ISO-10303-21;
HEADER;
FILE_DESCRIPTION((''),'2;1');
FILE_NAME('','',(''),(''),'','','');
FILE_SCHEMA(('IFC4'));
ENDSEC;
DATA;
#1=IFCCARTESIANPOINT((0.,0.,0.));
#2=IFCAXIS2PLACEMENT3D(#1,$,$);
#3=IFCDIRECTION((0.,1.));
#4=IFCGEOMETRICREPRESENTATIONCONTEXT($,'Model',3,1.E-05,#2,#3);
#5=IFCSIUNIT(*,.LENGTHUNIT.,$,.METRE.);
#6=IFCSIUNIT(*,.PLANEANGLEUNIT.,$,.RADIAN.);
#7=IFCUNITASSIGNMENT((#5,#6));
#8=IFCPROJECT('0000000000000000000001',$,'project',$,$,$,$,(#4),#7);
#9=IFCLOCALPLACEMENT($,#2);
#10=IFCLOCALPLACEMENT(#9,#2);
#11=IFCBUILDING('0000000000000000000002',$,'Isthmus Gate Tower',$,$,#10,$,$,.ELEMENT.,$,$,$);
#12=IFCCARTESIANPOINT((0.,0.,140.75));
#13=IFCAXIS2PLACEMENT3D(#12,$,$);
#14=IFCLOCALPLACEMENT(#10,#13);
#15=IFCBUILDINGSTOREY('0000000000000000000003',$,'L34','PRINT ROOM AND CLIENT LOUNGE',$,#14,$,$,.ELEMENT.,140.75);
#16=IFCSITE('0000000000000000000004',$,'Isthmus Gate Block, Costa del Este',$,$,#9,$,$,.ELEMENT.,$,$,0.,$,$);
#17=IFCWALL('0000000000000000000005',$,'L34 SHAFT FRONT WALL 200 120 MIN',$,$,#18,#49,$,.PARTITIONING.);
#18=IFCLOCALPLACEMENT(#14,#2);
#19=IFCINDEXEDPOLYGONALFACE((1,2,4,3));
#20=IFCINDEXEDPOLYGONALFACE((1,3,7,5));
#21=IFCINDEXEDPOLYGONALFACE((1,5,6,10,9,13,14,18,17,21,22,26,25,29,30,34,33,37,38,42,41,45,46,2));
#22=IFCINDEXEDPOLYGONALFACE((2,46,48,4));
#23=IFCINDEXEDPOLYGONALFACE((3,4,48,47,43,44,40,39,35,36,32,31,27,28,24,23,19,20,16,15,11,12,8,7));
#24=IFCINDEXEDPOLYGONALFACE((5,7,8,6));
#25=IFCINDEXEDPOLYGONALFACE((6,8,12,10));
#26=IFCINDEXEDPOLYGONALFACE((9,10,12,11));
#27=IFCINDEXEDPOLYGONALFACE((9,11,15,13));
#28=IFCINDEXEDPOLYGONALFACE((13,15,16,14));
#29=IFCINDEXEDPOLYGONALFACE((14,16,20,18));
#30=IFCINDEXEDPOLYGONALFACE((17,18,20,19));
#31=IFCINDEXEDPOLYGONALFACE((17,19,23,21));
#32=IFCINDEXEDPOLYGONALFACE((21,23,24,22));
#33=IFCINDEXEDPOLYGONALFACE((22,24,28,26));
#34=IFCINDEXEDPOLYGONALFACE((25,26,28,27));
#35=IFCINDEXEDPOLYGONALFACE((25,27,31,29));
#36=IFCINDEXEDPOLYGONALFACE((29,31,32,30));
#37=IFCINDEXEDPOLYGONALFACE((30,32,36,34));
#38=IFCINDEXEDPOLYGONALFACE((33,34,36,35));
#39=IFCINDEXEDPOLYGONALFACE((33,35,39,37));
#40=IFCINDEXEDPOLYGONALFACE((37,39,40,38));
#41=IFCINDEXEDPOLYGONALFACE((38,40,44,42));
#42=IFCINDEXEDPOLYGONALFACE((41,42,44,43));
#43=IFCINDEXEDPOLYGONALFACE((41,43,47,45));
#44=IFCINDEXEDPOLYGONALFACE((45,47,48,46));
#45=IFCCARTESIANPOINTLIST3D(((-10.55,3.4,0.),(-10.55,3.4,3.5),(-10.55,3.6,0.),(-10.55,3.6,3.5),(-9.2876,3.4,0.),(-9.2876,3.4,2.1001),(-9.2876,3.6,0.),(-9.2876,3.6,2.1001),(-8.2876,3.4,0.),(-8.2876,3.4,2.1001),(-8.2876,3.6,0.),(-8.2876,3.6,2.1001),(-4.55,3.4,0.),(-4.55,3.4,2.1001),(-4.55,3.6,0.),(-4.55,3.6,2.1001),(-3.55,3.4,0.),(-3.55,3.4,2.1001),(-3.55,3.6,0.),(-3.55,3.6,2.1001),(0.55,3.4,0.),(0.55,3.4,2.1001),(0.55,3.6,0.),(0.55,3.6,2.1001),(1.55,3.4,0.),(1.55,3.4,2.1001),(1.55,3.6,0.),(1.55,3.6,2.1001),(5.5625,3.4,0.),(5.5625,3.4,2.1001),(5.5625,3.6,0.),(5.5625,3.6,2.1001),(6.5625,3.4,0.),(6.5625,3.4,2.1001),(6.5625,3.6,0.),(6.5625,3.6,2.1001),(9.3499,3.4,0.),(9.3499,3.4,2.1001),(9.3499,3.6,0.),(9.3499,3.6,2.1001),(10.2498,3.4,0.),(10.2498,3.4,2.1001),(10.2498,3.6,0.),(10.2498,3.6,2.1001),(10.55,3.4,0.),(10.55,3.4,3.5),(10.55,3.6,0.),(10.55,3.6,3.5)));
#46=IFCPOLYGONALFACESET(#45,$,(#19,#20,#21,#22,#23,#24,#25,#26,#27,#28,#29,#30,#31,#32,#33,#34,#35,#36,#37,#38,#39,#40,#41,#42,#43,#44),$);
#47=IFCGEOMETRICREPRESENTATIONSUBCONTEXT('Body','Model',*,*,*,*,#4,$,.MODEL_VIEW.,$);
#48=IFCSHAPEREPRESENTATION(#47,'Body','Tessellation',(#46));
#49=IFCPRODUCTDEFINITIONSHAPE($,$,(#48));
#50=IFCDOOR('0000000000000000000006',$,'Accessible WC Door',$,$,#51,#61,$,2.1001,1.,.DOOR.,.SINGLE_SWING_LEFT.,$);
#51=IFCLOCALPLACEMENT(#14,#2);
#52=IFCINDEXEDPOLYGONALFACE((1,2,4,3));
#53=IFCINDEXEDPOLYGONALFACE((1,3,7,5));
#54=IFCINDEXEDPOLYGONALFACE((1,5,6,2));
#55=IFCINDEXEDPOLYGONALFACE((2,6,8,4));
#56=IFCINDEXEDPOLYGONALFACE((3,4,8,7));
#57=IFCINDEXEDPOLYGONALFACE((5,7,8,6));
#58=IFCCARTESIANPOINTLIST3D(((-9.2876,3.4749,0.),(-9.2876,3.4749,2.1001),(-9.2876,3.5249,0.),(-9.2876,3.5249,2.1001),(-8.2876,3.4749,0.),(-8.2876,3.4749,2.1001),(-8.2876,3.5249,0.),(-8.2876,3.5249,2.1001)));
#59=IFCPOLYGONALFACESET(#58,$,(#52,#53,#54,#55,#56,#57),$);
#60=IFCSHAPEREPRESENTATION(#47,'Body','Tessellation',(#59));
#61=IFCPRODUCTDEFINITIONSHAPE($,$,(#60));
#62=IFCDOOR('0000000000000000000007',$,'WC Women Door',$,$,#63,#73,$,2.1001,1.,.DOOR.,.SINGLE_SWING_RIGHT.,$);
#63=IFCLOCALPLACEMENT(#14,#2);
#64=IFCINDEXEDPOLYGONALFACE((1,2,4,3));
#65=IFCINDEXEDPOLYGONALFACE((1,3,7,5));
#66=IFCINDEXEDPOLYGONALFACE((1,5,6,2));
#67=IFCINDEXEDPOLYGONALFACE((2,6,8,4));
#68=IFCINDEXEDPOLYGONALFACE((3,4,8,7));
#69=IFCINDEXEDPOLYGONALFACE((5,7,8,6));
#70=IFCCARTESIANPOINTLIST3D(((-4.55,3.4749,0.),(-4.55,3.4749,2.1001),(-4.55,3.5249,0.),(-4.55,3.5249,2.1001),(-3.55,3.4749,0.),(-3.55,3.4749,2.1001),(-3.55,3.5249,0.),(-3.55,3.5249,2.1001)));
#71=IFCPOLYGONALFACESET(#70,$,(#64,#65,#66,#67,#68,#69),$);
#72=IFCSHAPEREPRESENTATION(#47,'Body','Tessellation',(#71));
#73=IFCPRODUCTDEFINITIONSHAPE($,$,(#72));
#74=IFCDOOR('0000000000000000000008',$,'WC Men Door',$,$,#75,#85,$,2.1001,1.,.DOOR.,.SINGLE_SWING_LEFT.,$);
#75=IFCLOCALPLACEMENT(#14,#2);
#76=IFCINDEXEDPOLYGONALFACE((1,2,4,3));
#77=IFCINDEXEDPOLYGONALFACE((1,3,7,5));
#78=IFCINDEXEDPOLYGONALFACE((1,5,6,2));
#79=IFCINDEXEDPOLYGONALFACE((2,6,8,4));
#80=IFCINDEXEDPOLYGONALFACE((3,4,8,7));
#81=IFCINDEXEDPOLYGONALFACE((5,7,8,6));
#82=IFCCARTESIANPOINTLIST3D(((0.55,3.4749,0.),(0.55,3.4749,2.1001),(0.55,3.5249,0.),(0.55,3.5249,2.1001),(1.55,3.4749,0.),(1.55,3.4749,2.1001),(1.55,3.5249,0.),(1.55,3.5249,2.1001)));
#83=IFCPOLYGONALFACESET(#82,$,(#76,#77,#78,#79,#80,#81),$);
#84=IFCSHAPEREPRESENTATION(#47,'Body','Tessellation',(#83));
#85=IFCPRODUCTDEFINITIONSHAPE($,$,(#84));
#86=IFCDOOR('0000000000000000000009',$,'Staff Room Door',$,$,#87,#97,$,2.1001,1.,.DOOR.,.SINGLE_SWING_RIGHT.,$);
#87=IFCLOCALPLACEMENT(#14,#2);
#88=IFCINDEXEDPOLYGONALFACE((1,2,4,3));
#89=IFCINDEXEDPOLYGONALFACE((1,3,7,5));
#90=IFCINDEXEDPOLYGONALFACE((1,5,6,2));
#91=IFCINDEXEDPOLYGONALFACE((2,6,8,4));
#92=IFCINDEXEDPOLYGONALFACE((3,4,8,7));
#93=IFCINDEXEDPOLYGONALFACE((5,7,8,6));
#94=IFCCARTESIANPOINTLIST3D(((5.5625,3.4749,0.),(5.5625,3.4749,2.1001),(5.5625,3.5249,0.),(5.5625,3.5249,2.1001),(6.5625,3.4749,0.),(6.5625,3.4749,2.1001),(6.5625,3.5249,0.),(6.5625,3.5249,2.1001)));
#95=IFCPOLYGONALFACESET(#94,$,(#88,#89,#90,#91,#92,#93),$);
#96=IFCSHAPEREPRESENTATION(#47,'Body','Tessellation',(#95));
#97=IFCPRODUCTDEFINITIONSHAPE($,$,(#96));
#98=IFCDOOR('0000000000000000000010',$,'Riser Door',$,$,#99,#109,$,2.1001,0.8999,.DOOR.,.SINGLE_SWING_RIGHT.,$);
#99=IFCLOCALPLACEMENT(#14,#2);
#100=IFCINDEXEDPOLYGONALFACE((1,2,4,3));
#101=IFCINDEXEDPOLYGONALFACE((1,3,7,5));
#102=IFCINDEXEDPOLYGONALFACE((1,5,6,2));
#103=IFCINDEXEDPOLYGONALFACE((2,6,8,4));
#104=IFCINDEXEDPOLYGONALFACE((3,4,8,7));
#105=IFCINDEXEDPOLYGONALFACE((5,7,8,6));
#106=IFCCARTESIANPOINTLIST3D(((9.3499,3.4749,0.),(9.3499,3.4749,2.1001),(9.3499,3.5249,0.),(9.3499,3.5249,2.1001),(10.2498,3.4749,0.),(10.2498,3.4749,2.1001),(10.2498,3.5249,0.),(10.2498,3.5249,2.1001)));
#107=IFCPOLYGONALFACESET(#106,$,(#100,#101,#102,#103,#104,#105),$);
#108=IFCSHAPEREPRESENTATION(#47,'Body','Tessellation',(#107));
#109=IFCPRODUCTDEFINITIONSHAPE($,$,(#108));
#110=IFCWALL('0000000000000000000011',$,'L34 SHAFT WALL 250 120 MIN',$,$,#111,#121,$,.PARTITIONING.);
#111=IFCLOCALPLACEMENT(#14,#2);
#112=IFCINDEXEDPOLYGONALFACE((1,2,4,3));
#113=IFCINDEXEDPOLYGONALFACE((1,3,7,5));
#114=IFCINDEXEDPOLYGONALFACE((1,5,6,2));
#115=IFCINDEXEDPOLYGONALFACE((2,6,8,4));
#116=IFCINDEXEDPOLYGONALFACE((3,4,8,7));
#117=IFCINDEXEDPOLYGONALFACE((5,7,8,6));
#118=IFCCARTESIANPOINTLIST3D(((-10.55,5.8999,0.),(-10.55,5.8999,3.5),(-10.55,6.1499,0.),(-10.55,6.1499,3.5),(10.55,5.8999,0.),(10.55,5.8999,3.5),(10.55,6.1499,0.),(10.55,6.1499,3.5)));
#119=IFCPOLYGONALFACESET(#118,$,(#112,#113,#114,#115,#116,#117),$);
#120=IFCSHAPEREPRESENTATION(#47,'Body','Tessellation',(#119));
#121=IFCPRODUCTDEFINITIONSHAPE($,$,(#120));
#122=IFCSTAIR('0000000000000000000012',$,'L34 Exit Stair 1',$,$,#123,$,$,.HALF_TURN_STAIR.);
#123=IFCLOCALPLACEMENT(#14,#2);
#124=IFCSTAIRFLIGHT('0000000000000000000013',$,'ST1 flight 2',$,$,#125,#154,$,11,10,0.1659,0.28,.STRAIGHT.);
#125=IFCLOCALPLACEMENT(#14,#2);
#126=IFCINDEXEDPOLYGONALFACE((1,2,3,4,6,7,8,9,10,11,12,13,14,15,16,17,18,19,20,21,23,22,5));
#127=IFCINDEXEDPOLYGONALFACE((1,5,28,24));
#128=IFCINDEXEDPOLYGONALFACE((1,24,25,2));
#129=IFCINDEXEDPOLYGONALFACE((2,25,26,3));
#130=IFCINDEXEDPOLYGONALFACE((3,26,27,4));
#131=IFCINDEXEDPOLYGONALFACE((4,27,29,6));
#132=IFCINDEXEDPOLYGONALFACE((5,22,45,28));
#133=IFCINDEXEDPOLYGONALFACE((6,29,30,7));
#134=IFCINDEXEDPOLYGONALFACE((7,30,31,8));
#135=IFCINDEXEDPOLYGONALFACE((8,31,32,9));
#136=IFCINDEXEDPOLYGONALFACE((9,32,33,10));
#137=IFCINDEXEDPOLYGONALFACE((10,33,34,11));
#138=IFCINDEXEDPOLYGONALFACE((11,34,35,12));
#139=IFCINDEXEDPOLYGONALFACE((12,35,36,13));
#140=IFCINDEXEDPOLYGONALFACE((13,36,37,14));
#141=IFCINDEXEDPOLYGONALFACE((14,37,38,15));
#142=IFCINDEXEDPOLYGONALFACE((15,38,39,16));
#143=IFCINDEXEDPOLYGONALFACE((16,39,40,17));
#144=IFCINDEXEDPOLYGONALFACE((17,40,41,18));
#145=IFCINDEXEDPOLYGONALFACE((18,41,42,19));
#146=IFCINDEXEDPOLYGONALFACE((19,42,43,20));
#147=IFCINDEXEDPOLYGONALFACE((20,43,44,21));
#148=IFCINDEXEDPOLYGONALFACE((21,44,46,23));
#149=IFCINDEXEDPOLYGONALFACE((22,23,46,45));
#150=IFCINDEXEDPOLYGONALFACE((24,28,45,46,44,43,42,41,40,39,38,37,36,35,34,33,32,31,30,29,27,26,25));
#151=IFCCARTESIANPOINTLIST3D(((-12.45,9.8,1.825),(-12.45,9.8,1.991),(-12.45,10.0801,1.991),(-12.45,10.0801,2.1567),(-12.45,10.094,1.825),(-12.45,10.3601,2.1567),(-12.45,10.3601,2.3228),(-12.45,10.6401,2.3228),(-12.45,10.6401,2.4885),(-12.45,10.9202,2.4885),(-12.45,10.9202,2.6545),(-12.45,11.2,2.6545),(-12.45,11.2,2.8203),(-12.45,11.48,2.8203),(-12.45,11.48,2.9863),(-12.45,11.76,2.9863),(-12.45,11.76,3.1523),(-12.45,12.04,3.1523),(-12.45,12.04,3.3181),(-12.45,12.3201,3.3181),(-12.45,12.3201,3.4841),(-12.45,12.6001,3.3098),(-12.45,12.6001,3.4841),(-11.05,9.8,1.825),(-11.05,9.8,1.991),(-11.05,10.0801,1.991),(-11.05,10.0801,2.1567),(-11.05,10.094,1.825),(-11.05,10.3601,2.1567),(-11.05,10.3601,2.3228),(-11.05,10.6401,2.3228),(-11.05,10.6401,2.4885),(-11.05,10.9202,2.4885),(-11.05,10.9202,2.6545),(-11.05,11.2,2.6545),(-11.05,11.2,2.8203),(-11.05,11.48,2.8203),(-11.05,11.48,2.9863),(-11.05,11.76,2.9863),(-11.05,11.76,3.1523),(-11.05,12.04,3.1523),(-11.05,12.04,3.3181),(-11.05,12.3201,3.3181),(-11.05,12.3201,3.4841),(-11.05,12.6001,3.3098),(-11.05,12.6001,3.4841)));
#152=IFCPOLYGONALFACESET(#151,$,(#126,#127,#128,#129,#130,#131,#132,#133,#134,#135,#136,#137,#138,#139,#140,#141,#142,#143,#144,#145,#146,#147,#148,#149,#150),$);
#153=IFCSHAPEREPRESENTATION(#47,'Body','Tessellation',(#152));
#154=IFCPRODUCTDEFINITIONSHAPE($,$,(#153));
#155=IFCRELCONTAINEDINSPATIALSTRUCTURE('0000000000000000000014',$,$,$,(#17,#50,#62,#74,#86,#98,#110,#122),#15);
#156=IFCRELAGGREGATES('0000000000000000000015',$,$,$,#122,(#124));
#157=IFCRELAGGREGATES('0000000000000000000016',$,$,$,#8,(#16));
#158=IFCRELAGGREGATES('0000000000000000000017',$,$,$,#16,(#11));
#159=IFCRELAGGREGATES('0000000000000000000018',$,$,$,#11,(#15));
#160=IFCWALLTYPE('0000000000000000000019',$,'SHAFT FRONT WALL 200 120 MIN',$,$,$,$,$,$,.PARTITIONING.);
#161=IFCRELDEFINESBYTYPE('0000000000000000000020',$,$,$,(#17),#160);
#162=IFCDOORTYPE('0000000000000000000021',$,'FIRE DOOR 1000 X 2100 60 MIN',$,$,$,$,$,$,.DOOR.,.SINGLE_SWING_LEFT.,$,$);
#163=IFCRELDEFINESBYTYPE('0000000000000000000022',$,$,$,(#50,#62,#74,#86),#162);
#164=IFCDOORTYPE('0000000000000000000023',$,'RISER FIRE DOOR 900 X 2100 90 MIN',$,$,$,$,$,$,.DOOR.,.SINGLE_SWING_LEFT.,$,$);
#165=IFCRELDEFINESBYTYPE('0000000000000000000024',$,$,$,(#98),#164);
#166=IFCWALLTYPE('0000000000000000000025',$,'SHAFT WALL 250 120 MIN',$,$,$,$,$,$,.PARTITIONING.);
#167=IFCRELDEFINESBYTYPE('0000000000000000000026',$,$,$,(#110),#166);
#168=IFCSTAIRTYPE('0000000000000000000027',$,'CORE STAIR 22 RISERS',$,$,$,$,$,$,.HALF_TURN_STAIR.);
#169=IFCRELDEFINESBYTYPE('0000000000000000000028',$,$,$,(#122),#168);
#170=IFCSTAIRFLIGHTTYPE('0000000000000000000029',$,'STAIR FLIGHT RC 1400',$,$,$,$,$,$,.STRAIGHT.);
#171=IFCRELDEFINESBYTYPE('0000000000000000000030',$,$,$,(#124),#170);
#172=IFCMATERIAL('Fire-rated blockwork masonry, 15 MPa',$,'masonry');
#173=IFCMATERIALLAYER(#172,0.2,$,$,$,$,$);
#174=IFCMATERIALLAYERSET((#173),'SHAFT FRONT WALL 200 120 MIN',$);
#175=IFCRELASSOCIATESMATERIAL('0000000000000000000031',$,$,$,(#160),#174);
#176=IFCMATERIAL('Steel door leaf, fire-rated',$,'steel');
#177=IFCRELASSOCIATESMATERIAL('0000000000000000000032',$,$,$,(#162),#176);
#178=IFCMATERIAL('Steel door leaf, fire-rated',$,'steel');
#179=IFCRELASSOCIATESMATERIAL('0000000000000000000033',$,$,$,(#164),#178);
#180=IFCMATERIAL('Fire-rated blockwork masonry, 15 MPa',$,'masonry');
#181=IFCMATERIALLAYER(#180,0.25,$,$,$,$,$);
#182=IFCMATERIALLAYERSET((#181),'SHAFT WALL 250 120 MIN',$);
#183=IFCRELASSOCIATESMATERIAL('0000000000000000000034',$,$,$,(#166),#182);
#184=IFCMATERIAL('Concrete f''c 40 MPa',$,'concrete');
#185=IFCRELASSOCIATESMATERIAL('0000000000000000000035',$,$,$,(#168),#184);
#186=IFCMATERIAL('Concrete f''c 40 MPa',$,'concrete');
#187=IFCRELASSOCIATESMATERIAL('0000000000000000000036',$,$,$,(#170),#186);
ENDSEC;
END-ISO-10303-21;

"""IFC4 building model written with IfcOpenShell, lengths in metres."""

from ifc_helpers import new_model, si_unit, direction, frame, frame_2d, origin, place, context, subcontext, project, spatial, polyline, rectangle, outline, extrude, material, layer, layer_set, type_object, element, fill, aggregate, save


model = new_model("IFC4")

# Units and contexts
model_context = context("Model", 3, precision=1e-05, world=origin(), true_north=direction((0.0, 1.0)))
body_context = subcontext(model_context, "Body", "Model", "MODEL_VIEW")
ifc_project = project(units=[si_unit("LENGTHUNIT", "METRE"), si_unit("PLANEANGLEUNIT", "RADIAN")], contexts=[model_context])

# Site, building, storey
site_placement = place(None, origin())
site = spatial("IfcSite", under=ifc_project, at=site_placement, Name="Isthmus Gate Block, Costa del Este", CompositionType="ELEMENT", RefElevation=0.0)
building_placement = place(site_placement, origin())
building = spatial("IfcBuilding", under=site, at=building_placement, Name="Isthmus Gate Tower", CompositionType="ELEMENT")
storey_placement = place(building_placement, frame((0.0, 0.0, 140.75)))
storey = spatial("IfcBuildingStorey", under=building, at=storey_placement, Name="L34", Description="PRINT ROOM AND CLIENT LOUNGE", CompositionType="ELEMENT", Elevation=140.75)

# Wall, openings, doors
ifc_material_1 = material(Name="Fire-rated blockwork masonry, 15 MPa", Category="masonry")
ifc_layer_1 = layer(ifc_material_1, 0.2)
ifc_layer_set_1 = layer_set([ifc_layer_1], Name="SHAFT FRONT WALL 200 120 MIN")
wall_type_1 = type_object("IfcWallType", Name="SHAFT FRONT WALL 200 120 MIN", PredefinedType="PARTITIONING", material=ifc_layer_set_1)
wall_1_placement = place(storey_placement, frame((-10.55, 3.5, 0.0), z_axis=(0.0, 0.0, 1.0), x_axis=(1.0, 0.0, 0.0)))
wall_1 = element("IfcWall", 1, at=wall_1_placement, inside=storey, type_object=wall_type_1, Name="L34 SHAFT FRONT WALL 200 120 MIN", PredefinedType="PARTITIONING", context=body_context, shape_type="SweptSolid", body=[
    extrude(rectangle(XDim=21.1001, YDim=0.2, at=frame_2d((10.55, 0.0))), origin(), (0.0, 0.0, 1.0), 3.5),
])
opening_1_placement = place(wall_1_placement, frame((1.2625, 0.0, 0.0)))
opening_1 = element("IfcOpeningElement", 2, at=opening_1_placement, cuts=wall_1, PredefinedType="OPENING", context=body_context, shape_type="SweptSolid", body=[
    extrude(rectangle(XDim=1.0, YDim=2.1001, at=frame_2d((0.5, 1.05))), frame((0.0, 0.1099, 0.0), z_axis=(0.0, -1.0, 0.0), x_axis=(1.0, 0.0, 0.0)), (0.0, 0.0, 1.0), 0.22),
])
opening_2_placement = place(wall_1_placement, frame((6.0, 0.0, 0.0)))
opening_2 = element("IfcOpeningElement", 3, at=opening_2_placement, cuts=wall_1, PredefinedType="OPENING", context=body_context, shape_type="SweptSolid", body=[
    extrude(rectangle(XDim=1.0, YDim=2.1001, at=frame_2d((0.5, 1.05))), frame((0.0, 0.1099, 0.0), z_axis=(0.0, -1.0, 0.0), x_axis=(1.0, 0.0, 0.0)), (0.0, 0.0, 1.0), 0.22),
])
opening_3_placement = place(wall_1_placement, frame((11.1001, 0.0, 0.0)))
opening_3 = element("IfcOpeningElement", 4, at=opening_3_placement, cuts=wall_1, PredefinedType="OPENING", context=body_context, shape_type="SweptSolid", body=[
    extrude(rectangle(XDim=1.0, YDim=2.1001, at=frame_2d((0.5, 1.05))), frame((0.0, 0.1099, 0.0), z_axis=(0.0, -1.0, 0.0), x_axis=(1.0, 0.0, 0.0)), (0.0, 0.0, 1.0), 0.22),
])
opening_4_placement = place(wall_1_placement, frame((16.1125, 0.0, 0.0)))
opening_4 = element("IfcOpeningElement", 5, at=opening_4_placement, cuts=wall_1, PredefinedType="OPENING", context=body_context, shape_type="SweptSolid", body=[
    extrude(rectangle(XDim=1.0, YDim=2.1001, at=frame_2d((0.5, 1.05))), frame((0.0, 0.1099, 0.0), z_axis=(0.0, -1.0, 0.0), x_axis=(1.0, 0.0, 0.0)), (0.0, 0.0, 1.0), 0.22),
])
opening_5_placement = place(wall_1_placement, frame((19.8999, 0.0, 0.0)))
opening_5 = element("IfcOpeningElement", 6, at=opening_5_placement, cuts=wall_1, PredefinedType="OPENING", context=body_context, shape_type="SweptSolid", body=[
    extrude(rectangle(XDim=0.8999, YDim=2.1001, at=frame_2d((0.45, 1.05))), frame((0.0, 0.1099, 0.0), z_axis=(0.0, -1.0, 0.0), x_axis=(1.0, 0.0, 0.0)), (0.0, 0.0, 1.0), 0.22),
])
ifc_material_2 = material(Name="Steel door leaf, fire-rated", Category="steel")
door_type_1 = type_object("IfcDoorType", Name="FIRE DOOR 1000 X 2100 60 MIN", OperationType="SINGLE_SWING_LEFT", PredefinedType="DOOR", material=ifc_material_2)
door_1_placement = place(opening_1_placement, origin())
door_1 = element("IfcDoor", 7, at=door_1_placement, inside=storey, type_object=door_type_1, Name="Accessible WC Door", OperationType="SINGLE_SWING_LEFT", OverallHeight=2.1001, OverallWidth=1.0, PredefinedType="DOOR", context=body_context, shape_type="SweptSolid", body=[
    extrude(rectangle(XDim=1.0, YDim=2.1001, at=frame_2d((0.5, 1.05))), frame((0.0, 0.0249, 0.0), z_axis=(0.0, -1.0, 0.0), x_axis=(1.0, 0.0, 0.0)), (0.0, 0.0, 1.0), 0.05),
])
fill(opening_1, door_1)
door_2_placement = place(opening_2_placement, origin())
door_2 = element("IfcDoor", 8, at=door_2_placement, inside=storey, type_object=door_type_1, Name="WC Women Door", OperationType="SINGLE_SWING_RIGHT", OverallHeight=2.1001, OverallWidth=1.0, PredefinedType="DOOR", context=body_context, shape_type="SweptSolid", body=[
    extrude(rectangle(XDim=1.0, YDim=2.1001, at=frame_2d((0.5, 1.05))), frame((0.0, 0.0249, 0.0), z_axis=(0.0, -1.0, 0.0), x_axis=(1.0, 0.0, 0.0)), (0.0, 0.0, 1.0), 0.05),
])
fill(opening_2, door_2)
door_3_placement = place(opening_3_placement, origin())
door_3 = element("IfcDoor", 9, at=door_3_placement, inside=storey, type_object=door_type_1, Name="WC Men Door", OperationType="SINGLE_SWING_LEFT", OverallHeight=2.1001, OverallWidth=1.0, PredefinedType="DOOR", context=body_context, shape_type="SweptSolid", body=[
    extrude(rectangle(XDim=1.0, YDim=2.1001, at=frame_2d((0.5, 1.05))), frame((0.0, 0.0249, 0.0), z_axis=(0.0, -1.0, 0.0), x_axis=(1.0, 0.0, 0.0)), (0.0, 0.0, 1.0), 0.05),
])
fill(opening_3, door_3)
door_4_placement = place(opening_4_placement, origin())
door_4 = element("IfcDoor", 10, at=door_4_placement, inside=storey, type_object=door_type_1, Name="Staff Room Door", OperationType="SINGLE_SWING_RIGHT", OverallHeight=2.1001, OverallWidth=1.0, PredefinedType="DOOR", context=body_context, shape_type="SweptSolid", body=[
    extrude(rectangle(XDim=1.0, YDim=2.1001, at=frame_2d((0.5, 1.05))), frame((0.0, 0.0249, 0.0), z_axis=(0.0, -1.0, 0.0), x_axis=(1.0, 0.0, 0.0)), (0.0, 0.0, 1.0), 0.05),
])
fill(opening_4, door_4)
ifc_material_3 = material(Name="Steel door leaf, fire-rated", Category="steel")
door_type_2 = type_object("IfcDoorType", Name="RISER FIRE DOOR 900 X 2100 90 MIN", OperationType="SINGLE_SWING_LEFT", PredefinedType="DOOR", material=ifc_material_3)
door_5_placement = place(opening_5_placement, origin())
door_5 = element("IfcDoor", 11, at=door_5_placement, inside=storey, type_object=door_type_2, Name="Riser Door", OperationType="SINGLE_SWING_RIGHT", OverallHeight=2.1001, OverallWidth=0.8999, PredefinedType="DOOR", context=body_context, shape_type="SweptSolid", body=[
    extrude(rectangle(XDim=0.8999, YDim=2.1001, at=frame_2d((0.45, 1.05))), frame((0.0, 0.0249, 0.0), z_axis=(0.0, -1.0, 0.0), x_axis=(1.0, 0.0, 0.0)), (0.0, 0.0, 1.0), 0.05),
])
fill(opening_5, door_5)

# Wall
ifc_material_4 = material(Name="Fire-rated blockwork masonry, 15 MPa", Category="masonry")
ifc_layer_2 = layer(ifc_material_4, 0.25)
ifc_layer_set_2 = layer_set([ifc_layer_2], Name="SHAFT WALL 250 120 MIN")
wall_type_2 = type_object("IfcWallType", Name="SHAFT WALL 250 120 MIN", PredefinedType="PARTITIONING", material=ifc_layer_set_2)
wall_2_placement = place(storey_placement, frame((-10.55, 6.0249, 0.0), z_axis=(0.0, 0.0, 1.0), x_axis=(1.0, 0.0, 0.0)))
element("IfcWall", 12, at=wall_2_placement, inside=storey, type_object=wall_type_2, Name="L34 SHAFT WALL 250 120 MIN", PredefinedType="PARTITIONING", context=body_context, shape_type="SweptSolid", body=[
    extrude(rectangle(XDim=21.1001, YDim=0.25, at=frame_2d((10.55, 0.0))), origin(), (0.0, 0.0, 1.0), 3.5),
])

# Stair, stair flight
ifc_material_5 = material(Name="Concrete f'c 40 MPa", Category="concrete")
stair_type = type_object("IfcStairType", Name="CORE STAIR 22 RISERS", PredefinedType="HALF_TURN_STAIR", material=ifc_material_5)
stair_1_placement = place(storey_placement, origin())
stair_1 = element("IfcStair", 13, at=stair_1_placement, inside=storey, type_object=stair_type, Name="L34 Exit Stair 1", PredefinedType="HALF_TURN_STAIR")
ifc_material_6 = material(Name="Concrete f'c 40 MPa", Category="concrete")
stair_flight_type = type_object("IfcStairFlightType", Name="STAIR FLIGHT RC 1400", PredefinedType="STRAIGHT", material=ifc_material_6)
stair_flight_1_placement = place(storey_placement, frame((-11.75, 9.8, 1.825), z_axis=(0.0, 0.0, 1.0), x_axis=(0.0, 1.0, 0.0)))
stair_flight_1 = element("IfcStairFlight", 14, at=stair_flight_1_placement, type_object=stair_flight_type, Name="ST1 flight 2", NumberOfRisers=11, NumberOfTreads=10, PredefinedType="STRAIGHT", RiserHeight=0.1659, TreadLength=0.28, context=body_context, shape_type="SweptSolid", body=[
    extrude(outline(polyline([(0.0, 0.0), (0.0, 0.166), (0.28, 0.166), (0.28, 0.3318), (0.5601, 0.3318), (0.5601, 0.4978), (0.8401, 0.4978), (0.8401, 0.6636), (1.1201, 0.6636), (1.1201, 0.8296), (1.3999, 0.8296), (1.3999, 0.9954), (1.6799, 0.9954), (1.6799, 1.1614), (1.96, 1.1614), (1.96, 1.3274), (2.24, 1.3274), (2.24, 1.4932), (2.52, 1.4932), (2.52, 1.6592), (2.8, 1.6592), (2.8, 1.825), (2.8, 1.4849), (0.2939, 0.0), (0.0, 0.0)])), frame((0.0, 0.7, 0.0), z_axis=(0.0, -1.0, 0.0), x_axis=(1.0, 0.0, 0.0)), (0.0, 0.0, 1.0), 1.3999),
])
aggregate(stair_1, [stair_flight_1])

save(model, "model.ifc")
